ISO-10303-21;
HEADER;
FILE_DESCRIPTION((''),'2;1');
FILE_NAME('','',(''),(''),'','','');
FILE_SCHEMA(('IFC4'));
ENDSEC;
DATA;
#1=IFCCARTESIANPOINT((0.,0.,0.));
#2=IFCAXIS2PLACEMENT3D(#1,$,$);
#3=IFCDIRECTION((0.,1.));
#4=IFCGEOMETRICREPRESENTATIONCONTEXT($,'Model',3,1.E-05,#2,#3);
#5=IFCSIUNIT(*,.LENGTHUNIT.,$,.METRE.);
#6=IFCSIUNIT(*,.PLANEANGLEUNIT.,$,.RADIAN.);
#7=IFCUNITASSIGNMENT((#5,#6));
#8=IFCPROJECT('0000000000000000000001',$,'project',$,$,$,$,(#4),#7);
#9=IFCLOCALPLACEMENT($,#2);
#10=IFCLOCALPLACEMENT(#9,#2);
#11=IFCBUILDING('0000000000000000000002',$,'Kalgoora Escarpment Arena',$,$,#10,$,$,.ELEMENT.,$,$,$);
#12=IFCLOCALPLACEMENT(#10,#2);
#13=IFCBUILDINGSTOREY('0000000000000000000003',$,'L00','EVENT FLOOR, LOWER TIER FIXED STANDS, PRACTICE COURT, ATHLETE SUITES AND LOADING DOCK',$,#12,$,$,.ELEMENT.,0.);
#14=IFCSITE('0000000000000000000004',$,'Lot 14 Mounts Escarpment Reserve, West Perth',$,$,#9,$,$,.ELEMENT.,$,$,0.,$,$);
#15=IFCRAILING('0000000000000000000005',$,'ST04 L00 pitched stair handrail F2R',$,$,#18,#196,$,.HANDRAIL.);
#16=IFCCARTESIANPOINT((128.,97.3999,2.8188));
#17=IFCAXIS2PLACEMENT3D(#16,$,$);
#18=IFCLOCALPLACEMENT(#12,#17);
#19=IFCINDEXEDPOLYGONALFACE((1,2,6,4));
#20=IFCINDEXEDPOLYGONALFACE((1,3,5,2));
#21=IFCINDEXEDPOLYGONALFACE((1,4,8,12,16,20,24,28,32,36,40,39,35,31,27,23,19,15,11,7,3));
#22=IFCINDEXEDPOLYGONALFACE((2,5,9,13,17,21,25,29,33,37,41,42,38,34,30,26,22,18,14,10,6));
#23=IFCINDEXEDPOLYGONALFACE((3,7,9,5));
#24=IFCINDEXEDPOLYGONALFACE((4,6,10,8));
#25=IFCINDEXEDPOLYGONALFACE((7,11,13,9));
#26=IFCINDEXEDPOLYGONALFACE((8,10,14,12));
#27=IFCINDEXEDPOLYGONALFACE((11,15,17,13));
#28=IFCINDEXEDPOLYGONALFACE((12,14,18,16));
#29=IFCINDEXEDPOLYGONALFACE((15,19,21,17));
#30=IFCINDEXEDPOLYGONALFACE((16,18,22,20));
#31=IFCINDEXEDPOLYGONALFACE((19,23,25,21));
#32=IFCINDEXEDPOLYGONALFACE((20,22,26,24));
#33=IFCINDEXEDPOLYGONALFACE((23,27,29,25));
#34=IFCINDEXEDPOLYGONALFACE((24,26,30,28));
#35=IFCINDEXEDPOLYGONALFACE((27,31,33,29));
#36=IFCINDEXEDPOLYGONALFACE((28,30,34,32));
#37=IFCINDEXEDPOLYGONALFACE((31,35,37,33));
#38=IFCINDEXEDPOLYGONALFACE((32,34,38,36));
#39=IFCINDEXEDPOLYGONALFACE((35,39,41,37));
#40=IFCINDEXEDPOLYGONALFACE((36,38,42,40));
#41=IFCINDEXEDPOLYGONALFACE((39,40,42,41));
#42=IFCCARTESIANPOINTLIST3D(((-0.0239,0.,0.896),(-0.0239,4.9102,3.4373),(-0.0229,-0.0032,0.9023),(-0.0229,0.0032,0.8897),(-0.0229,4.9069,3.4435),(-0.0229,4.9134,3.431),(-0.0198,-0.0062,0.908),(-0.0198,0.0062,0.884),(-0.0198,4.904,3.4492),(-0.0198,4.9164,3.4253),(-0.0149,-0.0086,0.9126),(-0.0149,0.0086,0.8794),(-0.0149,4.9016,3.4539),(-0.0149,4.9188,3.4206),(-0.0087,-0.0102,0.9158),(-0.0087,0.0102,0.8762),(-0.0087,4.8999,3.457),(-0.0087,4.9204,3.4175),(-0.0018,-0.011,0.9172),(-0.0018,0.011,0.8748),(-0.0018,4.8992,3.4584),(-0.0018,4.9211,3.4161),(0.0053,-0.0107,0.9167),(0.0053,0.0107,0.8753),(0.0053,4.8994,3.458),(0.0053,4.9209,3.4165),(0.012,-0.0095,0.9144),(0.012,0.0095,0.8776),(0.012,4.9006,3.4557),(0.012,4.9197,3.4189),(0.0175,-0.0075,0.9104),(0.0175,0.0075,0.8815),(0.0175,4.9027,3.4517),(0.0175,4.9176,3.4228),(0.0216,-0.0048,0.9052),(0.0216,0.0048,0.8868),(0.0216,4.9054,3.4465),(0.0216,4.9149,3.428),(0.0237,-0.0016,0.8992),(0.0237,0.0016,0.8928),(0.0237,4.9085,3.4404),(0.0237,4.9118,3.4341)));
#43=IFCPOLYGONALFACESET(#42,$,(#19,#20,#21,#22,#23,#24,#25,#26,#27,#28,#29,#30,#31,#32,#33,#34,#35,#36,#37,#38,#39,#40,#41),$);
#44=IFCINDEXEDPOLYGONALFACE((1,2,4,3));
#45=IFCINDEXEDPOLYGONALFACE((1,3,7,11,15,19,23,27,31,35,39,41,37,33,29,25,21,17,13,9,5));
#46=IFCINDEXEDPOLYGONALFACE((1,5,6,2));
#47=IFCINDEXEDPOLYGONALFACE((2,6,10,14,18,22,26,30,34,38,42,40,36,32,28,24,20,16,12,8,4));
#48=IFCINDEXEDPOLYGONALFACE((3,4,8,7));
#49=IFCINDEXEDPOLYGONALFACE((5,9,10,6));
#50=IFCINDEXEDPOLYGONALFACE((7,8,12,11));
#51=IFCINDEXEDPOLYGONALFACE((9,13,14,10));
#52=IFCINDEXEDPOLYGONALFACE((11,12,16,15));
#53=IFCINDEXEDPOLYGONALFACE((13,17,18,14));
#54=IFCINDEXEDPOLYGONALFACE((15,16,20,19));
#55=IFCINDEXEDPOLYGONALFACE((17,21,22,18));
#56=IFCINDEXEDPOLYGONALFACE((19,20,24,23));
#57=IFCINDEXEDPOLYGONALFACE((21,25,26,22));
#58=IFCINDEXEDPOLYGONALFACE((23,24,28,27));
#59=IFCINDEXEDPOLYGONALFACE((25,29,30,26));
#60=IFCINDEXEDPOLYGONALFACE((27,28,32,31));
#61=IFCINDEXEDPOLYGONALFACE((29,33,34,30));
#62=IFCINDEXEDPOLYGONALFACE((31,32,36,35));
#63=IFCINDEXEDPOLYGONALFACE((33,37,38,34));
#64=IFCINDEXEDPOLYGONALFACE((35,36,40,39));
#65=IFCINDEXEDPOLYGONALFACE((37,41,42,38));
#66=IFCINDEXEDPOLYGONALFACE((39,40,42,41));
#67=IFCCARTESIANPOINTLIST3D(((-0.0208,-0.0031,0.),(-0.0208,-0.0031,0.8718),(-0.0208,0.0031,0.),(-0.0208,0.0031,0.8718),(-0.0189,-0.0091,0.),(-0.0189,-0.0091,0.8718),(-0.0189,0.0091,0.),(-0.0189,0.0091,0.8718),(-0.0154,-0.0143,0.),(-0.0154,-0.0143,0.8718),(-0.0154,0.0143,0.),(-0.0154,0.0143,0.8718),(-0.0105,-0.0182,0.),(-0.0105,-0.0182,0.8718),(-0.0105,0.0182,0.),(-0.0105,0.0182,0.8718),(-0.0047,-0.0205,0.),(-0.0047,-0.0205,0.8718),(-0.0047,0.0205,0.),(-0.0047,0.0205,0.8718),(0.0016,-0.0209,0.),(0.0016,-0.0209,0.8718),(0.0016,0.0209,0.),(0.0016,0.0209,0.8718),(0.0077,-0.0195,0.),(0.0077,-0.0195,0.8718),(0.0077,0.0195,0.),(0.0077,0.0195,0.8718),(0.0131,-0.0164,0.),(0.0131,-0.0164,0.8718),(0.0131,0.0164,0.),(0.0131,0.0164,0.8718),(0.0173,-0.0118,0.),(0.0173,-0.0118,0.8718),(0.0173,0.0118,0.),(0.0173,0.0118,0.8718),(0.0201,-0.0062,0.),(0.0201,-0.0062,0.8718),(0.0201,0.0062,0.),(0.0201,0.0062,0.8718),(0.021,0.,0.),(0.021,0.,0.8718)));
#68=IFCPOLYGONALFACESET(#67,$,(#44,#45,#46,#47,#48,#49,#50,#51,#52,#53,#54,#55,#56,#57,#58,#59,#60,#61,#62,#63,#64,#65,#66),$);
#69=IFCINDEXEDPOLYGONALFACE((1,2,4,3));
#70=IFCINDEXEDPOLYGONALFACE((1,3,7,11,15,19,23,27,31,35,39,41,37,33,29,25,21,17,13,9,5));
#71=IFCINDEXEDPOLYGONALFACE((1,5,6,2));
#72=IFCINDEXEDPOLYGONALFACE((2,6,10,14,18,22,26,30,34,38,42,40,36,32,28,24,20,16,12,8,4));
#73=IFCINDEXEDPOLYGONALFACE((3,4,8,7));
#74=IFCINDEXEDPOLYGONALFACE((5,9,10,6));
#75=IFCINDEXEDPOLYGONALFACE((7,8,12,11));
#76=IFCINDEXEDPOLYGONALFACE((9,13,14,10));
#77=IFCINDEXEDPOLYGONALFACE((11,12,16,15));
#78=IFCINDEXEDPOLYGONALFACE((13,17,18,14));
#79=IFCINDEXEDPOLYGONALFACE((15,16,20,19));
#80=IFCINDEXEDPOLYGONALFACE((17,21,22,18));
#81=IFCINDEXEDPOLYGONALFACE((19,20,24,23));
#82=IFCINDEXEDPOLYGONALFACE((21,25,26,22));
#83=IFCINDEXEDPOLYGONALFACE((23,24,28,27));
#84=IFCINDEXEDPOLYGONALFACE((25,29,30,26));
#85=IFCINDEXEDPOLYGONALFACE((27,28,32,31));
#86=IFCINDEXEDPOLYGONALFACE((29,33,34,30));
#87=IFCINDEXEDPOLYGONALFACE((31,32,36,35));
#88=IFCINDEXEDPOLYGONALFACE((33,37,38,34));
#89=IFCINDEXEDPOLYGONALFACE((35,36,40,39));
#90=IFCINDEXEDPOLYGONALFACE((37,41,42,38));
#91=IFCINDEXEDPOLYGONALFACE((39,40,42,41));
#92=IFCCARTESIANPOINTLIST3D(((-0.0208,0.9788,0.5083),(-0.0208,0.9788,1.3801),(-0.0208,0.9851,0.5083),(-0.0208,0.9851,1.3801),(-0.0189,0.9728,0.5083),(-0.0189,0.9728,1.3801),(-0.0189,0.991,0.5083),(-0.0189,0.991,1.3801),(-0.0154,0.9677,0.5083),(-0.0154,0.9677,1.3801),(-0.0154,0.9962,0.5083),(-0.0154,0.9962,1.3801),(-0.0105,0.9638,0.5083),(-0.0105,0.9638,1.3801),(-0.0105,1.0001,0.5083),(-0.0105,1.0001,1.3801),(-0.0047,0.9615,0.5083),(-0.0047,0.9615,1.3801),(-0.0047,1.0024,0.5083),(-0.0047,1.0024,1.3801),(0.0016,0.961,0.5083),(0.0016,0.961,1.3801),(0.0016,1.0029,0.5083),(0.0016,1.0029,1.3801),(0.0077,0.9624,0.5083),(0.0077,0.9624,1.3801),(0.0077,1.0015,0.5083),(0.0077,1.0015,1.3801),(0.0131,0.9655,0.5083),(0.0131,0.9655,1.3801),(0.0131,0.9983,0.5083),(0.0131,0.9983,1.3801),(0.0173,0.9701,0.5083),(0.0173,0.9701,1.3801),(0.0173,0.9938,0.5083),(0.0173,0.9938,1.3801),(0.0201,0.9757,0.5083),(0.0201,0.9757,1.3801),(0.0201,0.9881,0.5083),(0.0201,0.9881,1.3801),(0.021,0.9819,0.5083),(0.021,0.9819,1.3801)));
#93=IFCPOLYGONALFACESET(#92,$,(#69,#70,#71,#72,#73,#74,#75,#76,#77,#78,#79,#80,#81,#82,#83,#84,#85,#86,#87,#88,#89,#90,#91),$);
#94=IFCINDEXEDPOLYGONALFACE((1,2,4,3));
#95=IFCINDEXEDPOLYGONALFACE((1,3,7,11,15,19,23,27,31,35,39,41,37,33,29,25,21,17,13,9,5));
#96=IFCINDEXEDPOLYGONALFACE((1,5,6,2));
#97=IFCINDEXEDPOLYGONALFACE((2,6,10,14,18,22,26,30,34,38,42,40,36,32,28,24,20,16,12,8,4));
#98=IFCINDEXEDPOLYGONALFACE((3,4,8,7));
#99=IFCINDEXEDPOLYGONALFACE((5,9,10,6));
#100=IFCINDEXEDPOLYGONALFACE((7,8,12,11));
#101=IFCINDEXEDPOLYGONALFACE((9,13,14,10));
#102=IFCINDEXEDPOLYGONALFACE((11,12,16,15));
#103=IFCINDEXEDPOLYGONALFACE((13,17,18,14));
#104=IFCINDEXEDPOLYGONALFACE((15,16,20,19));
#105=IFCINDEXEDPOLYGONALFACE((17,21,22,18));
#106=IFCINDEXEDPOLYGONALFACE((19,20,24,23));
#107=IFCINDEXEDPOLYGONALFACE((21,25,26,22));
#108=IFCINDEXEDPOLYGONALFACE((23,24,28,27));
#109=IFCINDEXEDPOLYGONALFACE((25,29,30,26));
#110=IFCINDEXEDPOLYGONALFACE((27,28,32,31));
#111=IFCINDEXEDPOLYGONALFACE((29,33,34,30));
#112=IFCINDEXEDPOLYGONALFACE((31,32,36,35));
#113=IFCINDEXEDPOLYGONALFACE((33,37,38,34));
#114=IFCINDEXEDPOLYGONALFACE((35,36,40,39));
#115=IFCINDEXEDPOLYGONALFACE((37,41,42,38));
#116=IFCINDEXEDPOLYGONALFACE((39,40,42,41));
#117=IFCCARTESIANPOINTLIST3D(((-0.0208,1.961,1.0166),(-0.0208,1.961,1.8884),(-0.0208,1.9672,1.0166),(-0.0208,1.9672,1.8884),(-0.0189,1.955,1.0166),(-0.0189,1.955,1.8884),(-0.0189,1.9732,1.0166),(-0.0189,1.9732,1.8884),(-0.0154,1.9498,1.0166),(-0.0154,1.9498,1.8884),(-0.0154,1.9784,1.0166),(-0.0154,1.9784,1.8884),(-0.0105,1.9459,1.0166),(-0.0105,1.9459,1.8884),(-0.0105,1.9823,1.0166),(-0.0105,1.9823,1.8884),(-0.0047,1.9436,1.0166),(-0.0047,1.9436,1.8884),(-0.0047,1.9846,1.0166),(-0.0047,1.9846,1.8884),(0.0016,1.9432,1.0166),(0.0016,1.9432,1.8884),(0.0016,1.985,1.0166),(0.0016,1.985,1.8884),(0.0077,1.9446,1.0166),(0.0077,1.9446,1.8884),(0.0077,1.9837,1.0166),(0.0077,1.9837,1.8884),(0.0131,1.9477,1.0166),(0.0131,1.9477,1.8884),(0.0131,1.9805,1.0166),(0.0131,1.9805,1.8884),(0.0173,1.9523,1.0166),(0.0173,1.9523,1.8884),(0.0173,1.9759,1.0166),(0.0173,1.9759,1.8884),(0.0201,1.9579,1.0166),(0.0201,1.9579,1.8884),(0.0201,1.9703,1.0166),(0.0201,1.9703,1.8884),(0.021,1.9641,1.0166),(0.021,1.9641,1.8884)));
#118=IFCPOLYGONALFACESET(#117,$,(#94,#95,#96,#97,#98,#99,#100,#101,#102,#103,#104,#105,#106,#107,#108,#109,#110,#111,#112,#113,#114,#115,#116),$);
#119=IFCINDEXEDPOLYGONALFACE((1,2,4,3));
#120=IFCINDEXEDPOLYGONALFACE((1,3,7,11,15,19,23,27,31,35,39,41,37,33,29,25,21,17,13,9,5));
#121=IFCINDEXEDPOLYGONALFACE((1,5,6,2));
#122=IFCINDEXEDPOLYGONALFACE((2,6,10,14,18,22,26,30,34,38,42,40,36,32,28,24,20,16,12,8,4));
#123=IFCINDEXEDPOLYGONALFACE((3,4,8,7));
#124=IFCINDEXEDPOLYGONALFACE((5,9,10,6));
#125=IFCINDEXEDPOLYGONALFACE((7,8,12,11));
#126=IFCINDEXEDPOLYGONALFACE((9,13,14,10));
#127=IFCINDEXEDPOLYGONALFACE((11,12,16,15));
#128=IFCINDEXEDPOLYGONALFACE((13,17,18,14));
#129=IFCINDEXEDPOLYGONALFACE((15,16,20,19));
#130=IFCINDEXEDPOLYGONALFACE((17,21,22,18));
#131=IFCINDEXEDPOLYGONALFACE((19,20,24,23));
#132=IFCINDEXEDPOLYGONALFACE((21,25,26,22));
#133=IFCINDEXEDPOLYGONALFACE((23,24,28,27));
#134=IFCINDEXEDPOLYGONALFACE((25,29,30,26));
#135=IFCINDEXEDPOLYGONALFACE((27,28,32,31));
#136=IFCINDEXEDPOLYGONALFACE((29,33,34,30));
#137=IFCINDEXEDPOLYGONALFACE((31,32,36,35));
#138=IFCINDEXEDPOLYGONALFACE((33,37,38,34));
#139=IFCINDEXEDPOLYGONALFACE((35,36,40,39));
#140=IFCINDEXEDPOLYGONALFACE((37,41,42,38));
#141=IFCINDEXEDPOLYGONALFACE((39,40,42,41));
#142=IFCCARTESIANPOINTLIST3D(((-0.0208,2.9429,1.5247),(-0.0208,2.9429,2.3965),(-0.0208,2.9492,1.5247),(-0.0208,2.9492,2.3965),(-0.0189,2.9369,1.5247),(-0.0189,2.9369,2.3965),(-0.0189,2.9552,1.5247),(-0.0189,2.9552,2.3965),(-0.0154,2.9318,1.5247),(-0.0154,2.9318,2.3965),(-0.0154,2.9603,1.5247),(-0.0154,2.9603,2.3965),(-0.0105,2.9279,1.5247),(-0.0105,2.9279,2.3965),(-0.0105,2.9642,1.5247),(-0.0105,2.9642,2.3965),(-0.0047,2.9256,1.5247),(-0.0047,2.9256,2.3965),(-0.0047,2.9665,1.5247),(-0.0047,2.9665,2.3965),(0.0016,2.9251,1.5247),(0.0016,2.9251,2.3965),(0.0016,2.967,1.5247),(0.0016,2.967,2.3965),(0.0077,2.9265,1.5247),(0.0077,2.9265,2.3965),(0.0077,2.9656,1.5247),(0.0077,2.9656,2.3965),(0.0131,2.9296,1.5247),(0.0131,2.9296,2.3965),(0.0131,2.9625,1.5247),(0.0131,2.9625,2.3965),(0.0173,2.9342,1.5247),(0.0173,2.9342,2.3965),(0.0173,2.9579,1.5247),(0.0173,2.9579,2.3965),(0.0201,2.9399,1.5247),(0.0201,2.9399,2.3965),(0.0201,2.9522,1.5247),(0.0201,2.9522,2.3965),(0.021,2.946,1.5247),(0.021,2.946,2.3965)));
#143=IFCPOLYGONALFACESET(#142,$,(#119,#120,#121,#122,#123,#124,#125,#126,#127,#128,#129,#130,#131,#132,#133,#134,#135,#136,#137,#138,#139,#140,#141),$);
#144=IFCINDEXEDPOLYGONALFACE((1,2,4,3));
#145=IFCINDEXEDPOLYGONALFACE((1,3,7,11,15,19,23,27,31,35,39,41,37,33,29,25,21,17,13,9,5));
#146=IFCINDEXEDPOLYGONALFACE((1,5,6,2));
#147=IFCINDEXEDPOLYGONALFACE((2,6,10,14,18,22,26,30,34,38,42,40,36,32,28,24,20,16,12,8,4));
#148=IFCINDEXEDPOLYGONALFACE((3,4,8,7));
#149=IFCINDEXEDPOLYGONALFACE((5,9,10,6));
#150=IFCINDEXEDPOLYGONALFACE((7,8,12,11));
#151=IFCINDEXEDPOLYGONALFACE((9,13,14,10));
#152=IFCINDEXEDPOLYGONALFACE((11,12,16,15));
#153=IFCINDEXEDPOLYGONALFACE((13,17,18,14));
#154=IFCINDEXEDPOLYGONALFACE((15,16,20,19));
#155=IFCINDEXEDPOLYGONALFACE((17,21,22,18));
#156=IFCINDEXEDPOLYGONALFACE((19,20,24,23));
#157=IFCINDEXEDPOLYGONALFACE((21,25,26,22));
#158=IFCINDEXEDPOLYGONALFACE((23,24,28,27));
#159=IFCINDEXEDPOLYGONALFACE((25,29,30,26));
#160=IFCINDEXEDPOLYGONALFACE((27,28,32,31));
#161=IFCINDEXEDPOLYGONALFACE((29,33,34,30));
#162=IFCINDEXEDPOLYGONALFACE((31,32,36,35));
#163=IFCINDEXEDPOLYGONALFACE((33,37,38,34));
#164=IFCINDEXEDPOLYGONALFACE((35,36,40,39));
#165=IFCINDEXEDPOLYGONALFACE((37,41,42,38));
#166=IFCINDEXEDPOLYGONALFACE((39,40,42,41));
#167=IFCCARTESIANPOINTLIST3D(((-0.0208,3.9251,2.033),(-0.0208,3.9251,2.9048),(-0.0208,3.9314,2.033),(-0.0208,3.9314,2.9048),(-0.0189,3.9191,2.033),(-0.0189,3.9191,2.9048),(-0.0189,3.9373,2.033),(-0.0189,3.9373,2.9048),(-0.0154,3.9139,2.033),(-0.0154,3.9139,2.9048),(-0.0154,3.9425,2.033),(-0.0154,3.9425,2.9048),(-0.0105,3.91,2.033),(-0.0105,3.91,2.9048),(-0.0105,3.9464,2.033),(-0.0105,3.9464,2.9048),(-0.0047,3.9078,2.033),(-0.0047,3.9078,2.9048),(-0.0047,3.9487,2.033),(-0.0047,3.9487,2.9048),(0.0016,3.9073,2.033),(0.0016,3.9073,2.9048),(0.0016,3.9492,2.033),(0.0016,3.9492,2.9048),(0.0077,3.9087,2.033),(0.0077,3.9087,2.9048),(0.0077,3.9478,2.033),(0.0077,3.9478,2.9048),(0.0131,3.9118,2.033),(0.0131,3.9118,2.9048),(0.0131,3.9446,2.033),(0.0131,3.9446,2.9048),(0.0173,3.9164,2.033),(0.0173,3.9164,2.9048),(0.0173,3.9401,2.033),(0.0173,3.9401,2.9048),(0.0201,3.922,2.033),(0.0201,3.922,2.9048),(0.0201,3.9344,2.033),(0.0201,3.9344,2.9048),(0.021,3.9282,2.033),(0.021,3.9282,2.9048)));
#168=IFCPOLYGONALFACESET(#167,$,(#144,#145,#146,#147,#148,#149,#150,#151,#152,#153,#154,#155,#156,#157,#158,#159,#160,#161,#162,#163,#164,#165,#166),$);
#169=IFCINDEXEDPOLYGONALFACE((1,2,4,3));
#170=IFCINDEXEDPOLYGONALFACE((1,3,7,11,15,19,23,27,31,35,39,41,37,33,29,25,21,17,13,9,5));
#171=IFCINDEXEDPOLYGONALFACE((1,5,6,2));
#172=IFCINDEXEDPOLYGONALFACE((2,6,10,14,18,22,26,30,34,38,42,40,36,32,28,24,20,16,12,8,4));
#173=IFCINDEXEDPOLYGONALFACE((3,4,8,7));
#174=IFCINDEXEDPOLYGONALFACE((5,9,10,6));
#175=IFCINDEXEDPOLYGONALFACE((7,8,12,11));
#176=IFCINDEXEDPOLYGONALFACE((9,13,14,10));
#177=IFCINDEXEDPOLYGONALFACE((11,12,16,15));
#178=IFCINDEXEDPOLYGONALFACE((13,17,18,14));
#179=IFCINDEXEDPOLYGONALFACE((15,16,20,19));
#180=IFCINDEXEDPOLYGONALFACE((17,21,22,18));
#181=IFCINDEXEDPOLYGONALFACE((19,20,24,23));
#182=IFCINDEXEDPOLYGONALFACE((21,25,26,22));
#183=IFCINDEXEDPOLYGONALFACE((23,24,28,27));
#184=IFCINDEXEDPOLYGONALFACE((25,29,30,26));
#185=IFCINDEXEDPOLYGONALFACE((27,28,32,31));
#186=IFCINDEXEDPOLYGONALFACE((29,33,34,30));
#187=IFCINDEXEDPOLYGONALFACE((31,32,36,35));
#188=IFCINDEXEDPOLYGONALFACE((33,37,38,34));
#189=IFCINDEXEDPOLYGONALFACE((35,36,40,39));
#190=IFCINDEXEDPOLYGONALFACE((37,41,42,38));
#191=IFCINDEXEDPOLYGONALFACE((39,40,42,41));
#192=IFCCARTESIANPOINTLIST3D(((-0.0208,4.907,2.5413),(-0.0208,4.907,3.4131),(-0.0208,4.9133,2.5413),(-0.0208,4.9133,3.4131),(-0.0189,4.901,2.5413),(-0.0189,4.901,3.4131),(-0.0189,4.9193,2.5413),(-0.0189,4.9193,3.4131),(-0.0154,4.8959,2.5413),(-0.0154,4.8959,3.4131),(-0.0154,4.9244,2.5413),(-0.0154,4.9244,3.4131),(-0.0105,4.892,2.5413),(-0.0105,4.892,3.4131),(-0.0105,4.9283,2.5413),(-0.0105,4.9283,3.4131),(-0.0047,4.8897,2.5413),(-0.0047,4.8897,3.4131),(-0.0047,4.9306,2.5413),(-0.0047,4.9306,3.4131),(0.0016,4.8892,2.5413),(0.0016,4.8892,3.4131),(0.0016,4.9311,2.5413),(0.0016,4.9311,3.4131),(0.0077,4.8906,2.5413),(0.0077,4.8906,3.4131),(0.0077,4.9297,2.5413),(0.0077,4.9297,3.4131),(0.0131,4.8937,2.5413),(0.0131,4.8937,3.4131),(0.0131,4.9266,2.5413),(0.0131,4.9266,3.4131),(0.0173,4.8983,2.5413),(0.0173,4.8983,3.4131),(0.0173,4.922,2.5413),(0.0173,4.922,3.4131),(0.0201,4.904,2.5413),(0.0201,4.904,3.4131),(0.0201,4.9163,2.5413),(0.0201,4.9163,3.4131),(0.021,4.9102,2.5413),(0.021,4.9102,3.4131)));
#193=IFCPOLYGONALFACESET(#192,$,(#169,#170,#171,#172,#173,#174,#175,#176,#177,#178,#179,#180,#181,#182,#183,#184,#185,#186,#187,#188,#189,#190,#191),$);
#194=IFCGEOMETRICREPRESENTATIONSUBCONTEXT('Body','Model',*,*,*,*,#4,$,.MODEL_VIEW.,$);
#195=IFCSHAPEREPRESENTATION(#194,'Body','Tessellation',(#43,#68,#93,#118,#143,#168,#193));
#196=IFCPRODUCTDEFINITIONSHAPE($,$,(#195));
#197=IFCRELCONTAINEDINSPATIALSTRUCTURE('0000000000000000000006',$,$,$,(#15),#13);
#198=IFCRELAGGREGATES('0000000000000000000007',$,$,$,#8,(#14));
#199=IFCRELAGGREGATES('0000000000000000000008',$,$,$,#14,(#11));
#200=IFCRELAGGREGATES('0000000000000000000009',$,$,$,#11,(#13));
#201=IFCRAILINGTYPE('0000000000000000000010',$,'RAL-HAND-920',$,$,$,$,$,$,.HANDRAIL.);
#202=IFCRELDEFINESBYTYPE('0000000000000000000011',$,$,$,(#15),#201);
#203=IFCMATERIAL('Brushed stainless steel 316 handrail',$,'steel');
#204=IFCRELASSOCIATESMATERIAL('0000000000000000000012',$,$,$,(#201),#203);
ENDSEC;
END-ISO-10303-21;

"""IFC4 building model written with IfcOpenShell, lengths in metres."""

from ifc_helpers import new_model, si_unit, direction, frame, origin, origin_2d, place, context, subcontext, project, spatial, circle, extrude, material, type_object, element, save


model = new_model("IFC4")

# Units and contexts
model_context = context("Model", 3, precision=1e-05, world=origin(), true_north=direction((0.0, 1.0)))
body_context = subcontext(model_context, "Body", "Model", "MODEL_VIEW")
ifc_project = project(units=[si_unit("LENGTHUNIT", "METRE"), si_unit("PLANEANGLEUNIT", "RADIAN")], contexts=[model_context])

# Site, building, storey
site_placement = place(None, origin())
site = spatial("IfcSite", under=ifc_project, at=site_placement, Name="Lot 14 Mounts Escarpment Reserve, West Perth", CompositionType="ELEMENT", RefElevation=0.0)
building_placement = place(site_placement, origin())
building = spatial("IfcBuilding", under=site, at=building_placement, Name="Kalgoora Escarpment Arena", CompositionType="ELEMENT")
storey_placement = place(building_placement, origin())
storey = spatial("IfcBuildingStorey", under=building, at=storey_placement, Name="L00", Description="EVENT FLOOR, LOWER TIER FIXED STANDS, PRACTICE COURT, ATHLETE SUITES AND LOADING DOCK", CompositionType="ELEMENT", Elevation=0.0)

# Railing
ifc_material_1 = material(Name="Brushed stainless steel 316 handrail", Category="steel")
railing_type = type_object("IfcRailingType", Name="RAL-HAND-920", PredefinedType="HANDRAIL", material=ifc_material_1)
for number, where, name in (
    (1, (128.0, 97.3999, 2.8188), "ST04 L00 pitched stair handrail F2R"),
):
    element("IfcRailing", number, at=place(storey_placement, frame(where)), inside=storey, type_object=railing_type, Name=name, PredefinedType="HANDRAIL", context=body_context, shape_type="SweptSolid", body=[
        extrude(circle(Radius=0.0239, at=origin_2d()), frame((0.0, 0.0, 0.896), z_axis=(0.0, 0.888105, 0.45964), x_axis=(-1.0, 0.0, 0.0)), (0.0, 0.0, 1.0), 5.5288),
        extrude(circle(Radius=0.021, at=origin_2d()), origin(), (0.0, 0.0, 1.0), 0.8718),
        extrude(circle(Radius=0.021, at=origin_2d()), frame((0.0, 0.9819, 0.5083)), (0.0, 0.0, 1.0), 0.8718),
        extrude(circle(Radius=0.021, at=origin_2d()), frame((0.0, 1.9641, 1.0166)), (0.0, 0.0, 1.0), 0.8718),
        extrude(circle(Radius=0.021, at=origin_2d()), frame((0.0, 2.946, 1.5247)), (0.0, 0.0, 1.0), 0.8718),
        extrude(circle(Radius=0.021, at=origin_2d()), frame((0.0, 3.9282, 2.033)), (0.0, 0.0, 1.0), 0.8718),
        extrude(circle(Radius=0.021, at=origin_2d()), frame((0.0, 4.9102, 2.5413)), (0.0, 0.0, 1.0), 0.8718),
    ])

save(model, "model.ifc")
